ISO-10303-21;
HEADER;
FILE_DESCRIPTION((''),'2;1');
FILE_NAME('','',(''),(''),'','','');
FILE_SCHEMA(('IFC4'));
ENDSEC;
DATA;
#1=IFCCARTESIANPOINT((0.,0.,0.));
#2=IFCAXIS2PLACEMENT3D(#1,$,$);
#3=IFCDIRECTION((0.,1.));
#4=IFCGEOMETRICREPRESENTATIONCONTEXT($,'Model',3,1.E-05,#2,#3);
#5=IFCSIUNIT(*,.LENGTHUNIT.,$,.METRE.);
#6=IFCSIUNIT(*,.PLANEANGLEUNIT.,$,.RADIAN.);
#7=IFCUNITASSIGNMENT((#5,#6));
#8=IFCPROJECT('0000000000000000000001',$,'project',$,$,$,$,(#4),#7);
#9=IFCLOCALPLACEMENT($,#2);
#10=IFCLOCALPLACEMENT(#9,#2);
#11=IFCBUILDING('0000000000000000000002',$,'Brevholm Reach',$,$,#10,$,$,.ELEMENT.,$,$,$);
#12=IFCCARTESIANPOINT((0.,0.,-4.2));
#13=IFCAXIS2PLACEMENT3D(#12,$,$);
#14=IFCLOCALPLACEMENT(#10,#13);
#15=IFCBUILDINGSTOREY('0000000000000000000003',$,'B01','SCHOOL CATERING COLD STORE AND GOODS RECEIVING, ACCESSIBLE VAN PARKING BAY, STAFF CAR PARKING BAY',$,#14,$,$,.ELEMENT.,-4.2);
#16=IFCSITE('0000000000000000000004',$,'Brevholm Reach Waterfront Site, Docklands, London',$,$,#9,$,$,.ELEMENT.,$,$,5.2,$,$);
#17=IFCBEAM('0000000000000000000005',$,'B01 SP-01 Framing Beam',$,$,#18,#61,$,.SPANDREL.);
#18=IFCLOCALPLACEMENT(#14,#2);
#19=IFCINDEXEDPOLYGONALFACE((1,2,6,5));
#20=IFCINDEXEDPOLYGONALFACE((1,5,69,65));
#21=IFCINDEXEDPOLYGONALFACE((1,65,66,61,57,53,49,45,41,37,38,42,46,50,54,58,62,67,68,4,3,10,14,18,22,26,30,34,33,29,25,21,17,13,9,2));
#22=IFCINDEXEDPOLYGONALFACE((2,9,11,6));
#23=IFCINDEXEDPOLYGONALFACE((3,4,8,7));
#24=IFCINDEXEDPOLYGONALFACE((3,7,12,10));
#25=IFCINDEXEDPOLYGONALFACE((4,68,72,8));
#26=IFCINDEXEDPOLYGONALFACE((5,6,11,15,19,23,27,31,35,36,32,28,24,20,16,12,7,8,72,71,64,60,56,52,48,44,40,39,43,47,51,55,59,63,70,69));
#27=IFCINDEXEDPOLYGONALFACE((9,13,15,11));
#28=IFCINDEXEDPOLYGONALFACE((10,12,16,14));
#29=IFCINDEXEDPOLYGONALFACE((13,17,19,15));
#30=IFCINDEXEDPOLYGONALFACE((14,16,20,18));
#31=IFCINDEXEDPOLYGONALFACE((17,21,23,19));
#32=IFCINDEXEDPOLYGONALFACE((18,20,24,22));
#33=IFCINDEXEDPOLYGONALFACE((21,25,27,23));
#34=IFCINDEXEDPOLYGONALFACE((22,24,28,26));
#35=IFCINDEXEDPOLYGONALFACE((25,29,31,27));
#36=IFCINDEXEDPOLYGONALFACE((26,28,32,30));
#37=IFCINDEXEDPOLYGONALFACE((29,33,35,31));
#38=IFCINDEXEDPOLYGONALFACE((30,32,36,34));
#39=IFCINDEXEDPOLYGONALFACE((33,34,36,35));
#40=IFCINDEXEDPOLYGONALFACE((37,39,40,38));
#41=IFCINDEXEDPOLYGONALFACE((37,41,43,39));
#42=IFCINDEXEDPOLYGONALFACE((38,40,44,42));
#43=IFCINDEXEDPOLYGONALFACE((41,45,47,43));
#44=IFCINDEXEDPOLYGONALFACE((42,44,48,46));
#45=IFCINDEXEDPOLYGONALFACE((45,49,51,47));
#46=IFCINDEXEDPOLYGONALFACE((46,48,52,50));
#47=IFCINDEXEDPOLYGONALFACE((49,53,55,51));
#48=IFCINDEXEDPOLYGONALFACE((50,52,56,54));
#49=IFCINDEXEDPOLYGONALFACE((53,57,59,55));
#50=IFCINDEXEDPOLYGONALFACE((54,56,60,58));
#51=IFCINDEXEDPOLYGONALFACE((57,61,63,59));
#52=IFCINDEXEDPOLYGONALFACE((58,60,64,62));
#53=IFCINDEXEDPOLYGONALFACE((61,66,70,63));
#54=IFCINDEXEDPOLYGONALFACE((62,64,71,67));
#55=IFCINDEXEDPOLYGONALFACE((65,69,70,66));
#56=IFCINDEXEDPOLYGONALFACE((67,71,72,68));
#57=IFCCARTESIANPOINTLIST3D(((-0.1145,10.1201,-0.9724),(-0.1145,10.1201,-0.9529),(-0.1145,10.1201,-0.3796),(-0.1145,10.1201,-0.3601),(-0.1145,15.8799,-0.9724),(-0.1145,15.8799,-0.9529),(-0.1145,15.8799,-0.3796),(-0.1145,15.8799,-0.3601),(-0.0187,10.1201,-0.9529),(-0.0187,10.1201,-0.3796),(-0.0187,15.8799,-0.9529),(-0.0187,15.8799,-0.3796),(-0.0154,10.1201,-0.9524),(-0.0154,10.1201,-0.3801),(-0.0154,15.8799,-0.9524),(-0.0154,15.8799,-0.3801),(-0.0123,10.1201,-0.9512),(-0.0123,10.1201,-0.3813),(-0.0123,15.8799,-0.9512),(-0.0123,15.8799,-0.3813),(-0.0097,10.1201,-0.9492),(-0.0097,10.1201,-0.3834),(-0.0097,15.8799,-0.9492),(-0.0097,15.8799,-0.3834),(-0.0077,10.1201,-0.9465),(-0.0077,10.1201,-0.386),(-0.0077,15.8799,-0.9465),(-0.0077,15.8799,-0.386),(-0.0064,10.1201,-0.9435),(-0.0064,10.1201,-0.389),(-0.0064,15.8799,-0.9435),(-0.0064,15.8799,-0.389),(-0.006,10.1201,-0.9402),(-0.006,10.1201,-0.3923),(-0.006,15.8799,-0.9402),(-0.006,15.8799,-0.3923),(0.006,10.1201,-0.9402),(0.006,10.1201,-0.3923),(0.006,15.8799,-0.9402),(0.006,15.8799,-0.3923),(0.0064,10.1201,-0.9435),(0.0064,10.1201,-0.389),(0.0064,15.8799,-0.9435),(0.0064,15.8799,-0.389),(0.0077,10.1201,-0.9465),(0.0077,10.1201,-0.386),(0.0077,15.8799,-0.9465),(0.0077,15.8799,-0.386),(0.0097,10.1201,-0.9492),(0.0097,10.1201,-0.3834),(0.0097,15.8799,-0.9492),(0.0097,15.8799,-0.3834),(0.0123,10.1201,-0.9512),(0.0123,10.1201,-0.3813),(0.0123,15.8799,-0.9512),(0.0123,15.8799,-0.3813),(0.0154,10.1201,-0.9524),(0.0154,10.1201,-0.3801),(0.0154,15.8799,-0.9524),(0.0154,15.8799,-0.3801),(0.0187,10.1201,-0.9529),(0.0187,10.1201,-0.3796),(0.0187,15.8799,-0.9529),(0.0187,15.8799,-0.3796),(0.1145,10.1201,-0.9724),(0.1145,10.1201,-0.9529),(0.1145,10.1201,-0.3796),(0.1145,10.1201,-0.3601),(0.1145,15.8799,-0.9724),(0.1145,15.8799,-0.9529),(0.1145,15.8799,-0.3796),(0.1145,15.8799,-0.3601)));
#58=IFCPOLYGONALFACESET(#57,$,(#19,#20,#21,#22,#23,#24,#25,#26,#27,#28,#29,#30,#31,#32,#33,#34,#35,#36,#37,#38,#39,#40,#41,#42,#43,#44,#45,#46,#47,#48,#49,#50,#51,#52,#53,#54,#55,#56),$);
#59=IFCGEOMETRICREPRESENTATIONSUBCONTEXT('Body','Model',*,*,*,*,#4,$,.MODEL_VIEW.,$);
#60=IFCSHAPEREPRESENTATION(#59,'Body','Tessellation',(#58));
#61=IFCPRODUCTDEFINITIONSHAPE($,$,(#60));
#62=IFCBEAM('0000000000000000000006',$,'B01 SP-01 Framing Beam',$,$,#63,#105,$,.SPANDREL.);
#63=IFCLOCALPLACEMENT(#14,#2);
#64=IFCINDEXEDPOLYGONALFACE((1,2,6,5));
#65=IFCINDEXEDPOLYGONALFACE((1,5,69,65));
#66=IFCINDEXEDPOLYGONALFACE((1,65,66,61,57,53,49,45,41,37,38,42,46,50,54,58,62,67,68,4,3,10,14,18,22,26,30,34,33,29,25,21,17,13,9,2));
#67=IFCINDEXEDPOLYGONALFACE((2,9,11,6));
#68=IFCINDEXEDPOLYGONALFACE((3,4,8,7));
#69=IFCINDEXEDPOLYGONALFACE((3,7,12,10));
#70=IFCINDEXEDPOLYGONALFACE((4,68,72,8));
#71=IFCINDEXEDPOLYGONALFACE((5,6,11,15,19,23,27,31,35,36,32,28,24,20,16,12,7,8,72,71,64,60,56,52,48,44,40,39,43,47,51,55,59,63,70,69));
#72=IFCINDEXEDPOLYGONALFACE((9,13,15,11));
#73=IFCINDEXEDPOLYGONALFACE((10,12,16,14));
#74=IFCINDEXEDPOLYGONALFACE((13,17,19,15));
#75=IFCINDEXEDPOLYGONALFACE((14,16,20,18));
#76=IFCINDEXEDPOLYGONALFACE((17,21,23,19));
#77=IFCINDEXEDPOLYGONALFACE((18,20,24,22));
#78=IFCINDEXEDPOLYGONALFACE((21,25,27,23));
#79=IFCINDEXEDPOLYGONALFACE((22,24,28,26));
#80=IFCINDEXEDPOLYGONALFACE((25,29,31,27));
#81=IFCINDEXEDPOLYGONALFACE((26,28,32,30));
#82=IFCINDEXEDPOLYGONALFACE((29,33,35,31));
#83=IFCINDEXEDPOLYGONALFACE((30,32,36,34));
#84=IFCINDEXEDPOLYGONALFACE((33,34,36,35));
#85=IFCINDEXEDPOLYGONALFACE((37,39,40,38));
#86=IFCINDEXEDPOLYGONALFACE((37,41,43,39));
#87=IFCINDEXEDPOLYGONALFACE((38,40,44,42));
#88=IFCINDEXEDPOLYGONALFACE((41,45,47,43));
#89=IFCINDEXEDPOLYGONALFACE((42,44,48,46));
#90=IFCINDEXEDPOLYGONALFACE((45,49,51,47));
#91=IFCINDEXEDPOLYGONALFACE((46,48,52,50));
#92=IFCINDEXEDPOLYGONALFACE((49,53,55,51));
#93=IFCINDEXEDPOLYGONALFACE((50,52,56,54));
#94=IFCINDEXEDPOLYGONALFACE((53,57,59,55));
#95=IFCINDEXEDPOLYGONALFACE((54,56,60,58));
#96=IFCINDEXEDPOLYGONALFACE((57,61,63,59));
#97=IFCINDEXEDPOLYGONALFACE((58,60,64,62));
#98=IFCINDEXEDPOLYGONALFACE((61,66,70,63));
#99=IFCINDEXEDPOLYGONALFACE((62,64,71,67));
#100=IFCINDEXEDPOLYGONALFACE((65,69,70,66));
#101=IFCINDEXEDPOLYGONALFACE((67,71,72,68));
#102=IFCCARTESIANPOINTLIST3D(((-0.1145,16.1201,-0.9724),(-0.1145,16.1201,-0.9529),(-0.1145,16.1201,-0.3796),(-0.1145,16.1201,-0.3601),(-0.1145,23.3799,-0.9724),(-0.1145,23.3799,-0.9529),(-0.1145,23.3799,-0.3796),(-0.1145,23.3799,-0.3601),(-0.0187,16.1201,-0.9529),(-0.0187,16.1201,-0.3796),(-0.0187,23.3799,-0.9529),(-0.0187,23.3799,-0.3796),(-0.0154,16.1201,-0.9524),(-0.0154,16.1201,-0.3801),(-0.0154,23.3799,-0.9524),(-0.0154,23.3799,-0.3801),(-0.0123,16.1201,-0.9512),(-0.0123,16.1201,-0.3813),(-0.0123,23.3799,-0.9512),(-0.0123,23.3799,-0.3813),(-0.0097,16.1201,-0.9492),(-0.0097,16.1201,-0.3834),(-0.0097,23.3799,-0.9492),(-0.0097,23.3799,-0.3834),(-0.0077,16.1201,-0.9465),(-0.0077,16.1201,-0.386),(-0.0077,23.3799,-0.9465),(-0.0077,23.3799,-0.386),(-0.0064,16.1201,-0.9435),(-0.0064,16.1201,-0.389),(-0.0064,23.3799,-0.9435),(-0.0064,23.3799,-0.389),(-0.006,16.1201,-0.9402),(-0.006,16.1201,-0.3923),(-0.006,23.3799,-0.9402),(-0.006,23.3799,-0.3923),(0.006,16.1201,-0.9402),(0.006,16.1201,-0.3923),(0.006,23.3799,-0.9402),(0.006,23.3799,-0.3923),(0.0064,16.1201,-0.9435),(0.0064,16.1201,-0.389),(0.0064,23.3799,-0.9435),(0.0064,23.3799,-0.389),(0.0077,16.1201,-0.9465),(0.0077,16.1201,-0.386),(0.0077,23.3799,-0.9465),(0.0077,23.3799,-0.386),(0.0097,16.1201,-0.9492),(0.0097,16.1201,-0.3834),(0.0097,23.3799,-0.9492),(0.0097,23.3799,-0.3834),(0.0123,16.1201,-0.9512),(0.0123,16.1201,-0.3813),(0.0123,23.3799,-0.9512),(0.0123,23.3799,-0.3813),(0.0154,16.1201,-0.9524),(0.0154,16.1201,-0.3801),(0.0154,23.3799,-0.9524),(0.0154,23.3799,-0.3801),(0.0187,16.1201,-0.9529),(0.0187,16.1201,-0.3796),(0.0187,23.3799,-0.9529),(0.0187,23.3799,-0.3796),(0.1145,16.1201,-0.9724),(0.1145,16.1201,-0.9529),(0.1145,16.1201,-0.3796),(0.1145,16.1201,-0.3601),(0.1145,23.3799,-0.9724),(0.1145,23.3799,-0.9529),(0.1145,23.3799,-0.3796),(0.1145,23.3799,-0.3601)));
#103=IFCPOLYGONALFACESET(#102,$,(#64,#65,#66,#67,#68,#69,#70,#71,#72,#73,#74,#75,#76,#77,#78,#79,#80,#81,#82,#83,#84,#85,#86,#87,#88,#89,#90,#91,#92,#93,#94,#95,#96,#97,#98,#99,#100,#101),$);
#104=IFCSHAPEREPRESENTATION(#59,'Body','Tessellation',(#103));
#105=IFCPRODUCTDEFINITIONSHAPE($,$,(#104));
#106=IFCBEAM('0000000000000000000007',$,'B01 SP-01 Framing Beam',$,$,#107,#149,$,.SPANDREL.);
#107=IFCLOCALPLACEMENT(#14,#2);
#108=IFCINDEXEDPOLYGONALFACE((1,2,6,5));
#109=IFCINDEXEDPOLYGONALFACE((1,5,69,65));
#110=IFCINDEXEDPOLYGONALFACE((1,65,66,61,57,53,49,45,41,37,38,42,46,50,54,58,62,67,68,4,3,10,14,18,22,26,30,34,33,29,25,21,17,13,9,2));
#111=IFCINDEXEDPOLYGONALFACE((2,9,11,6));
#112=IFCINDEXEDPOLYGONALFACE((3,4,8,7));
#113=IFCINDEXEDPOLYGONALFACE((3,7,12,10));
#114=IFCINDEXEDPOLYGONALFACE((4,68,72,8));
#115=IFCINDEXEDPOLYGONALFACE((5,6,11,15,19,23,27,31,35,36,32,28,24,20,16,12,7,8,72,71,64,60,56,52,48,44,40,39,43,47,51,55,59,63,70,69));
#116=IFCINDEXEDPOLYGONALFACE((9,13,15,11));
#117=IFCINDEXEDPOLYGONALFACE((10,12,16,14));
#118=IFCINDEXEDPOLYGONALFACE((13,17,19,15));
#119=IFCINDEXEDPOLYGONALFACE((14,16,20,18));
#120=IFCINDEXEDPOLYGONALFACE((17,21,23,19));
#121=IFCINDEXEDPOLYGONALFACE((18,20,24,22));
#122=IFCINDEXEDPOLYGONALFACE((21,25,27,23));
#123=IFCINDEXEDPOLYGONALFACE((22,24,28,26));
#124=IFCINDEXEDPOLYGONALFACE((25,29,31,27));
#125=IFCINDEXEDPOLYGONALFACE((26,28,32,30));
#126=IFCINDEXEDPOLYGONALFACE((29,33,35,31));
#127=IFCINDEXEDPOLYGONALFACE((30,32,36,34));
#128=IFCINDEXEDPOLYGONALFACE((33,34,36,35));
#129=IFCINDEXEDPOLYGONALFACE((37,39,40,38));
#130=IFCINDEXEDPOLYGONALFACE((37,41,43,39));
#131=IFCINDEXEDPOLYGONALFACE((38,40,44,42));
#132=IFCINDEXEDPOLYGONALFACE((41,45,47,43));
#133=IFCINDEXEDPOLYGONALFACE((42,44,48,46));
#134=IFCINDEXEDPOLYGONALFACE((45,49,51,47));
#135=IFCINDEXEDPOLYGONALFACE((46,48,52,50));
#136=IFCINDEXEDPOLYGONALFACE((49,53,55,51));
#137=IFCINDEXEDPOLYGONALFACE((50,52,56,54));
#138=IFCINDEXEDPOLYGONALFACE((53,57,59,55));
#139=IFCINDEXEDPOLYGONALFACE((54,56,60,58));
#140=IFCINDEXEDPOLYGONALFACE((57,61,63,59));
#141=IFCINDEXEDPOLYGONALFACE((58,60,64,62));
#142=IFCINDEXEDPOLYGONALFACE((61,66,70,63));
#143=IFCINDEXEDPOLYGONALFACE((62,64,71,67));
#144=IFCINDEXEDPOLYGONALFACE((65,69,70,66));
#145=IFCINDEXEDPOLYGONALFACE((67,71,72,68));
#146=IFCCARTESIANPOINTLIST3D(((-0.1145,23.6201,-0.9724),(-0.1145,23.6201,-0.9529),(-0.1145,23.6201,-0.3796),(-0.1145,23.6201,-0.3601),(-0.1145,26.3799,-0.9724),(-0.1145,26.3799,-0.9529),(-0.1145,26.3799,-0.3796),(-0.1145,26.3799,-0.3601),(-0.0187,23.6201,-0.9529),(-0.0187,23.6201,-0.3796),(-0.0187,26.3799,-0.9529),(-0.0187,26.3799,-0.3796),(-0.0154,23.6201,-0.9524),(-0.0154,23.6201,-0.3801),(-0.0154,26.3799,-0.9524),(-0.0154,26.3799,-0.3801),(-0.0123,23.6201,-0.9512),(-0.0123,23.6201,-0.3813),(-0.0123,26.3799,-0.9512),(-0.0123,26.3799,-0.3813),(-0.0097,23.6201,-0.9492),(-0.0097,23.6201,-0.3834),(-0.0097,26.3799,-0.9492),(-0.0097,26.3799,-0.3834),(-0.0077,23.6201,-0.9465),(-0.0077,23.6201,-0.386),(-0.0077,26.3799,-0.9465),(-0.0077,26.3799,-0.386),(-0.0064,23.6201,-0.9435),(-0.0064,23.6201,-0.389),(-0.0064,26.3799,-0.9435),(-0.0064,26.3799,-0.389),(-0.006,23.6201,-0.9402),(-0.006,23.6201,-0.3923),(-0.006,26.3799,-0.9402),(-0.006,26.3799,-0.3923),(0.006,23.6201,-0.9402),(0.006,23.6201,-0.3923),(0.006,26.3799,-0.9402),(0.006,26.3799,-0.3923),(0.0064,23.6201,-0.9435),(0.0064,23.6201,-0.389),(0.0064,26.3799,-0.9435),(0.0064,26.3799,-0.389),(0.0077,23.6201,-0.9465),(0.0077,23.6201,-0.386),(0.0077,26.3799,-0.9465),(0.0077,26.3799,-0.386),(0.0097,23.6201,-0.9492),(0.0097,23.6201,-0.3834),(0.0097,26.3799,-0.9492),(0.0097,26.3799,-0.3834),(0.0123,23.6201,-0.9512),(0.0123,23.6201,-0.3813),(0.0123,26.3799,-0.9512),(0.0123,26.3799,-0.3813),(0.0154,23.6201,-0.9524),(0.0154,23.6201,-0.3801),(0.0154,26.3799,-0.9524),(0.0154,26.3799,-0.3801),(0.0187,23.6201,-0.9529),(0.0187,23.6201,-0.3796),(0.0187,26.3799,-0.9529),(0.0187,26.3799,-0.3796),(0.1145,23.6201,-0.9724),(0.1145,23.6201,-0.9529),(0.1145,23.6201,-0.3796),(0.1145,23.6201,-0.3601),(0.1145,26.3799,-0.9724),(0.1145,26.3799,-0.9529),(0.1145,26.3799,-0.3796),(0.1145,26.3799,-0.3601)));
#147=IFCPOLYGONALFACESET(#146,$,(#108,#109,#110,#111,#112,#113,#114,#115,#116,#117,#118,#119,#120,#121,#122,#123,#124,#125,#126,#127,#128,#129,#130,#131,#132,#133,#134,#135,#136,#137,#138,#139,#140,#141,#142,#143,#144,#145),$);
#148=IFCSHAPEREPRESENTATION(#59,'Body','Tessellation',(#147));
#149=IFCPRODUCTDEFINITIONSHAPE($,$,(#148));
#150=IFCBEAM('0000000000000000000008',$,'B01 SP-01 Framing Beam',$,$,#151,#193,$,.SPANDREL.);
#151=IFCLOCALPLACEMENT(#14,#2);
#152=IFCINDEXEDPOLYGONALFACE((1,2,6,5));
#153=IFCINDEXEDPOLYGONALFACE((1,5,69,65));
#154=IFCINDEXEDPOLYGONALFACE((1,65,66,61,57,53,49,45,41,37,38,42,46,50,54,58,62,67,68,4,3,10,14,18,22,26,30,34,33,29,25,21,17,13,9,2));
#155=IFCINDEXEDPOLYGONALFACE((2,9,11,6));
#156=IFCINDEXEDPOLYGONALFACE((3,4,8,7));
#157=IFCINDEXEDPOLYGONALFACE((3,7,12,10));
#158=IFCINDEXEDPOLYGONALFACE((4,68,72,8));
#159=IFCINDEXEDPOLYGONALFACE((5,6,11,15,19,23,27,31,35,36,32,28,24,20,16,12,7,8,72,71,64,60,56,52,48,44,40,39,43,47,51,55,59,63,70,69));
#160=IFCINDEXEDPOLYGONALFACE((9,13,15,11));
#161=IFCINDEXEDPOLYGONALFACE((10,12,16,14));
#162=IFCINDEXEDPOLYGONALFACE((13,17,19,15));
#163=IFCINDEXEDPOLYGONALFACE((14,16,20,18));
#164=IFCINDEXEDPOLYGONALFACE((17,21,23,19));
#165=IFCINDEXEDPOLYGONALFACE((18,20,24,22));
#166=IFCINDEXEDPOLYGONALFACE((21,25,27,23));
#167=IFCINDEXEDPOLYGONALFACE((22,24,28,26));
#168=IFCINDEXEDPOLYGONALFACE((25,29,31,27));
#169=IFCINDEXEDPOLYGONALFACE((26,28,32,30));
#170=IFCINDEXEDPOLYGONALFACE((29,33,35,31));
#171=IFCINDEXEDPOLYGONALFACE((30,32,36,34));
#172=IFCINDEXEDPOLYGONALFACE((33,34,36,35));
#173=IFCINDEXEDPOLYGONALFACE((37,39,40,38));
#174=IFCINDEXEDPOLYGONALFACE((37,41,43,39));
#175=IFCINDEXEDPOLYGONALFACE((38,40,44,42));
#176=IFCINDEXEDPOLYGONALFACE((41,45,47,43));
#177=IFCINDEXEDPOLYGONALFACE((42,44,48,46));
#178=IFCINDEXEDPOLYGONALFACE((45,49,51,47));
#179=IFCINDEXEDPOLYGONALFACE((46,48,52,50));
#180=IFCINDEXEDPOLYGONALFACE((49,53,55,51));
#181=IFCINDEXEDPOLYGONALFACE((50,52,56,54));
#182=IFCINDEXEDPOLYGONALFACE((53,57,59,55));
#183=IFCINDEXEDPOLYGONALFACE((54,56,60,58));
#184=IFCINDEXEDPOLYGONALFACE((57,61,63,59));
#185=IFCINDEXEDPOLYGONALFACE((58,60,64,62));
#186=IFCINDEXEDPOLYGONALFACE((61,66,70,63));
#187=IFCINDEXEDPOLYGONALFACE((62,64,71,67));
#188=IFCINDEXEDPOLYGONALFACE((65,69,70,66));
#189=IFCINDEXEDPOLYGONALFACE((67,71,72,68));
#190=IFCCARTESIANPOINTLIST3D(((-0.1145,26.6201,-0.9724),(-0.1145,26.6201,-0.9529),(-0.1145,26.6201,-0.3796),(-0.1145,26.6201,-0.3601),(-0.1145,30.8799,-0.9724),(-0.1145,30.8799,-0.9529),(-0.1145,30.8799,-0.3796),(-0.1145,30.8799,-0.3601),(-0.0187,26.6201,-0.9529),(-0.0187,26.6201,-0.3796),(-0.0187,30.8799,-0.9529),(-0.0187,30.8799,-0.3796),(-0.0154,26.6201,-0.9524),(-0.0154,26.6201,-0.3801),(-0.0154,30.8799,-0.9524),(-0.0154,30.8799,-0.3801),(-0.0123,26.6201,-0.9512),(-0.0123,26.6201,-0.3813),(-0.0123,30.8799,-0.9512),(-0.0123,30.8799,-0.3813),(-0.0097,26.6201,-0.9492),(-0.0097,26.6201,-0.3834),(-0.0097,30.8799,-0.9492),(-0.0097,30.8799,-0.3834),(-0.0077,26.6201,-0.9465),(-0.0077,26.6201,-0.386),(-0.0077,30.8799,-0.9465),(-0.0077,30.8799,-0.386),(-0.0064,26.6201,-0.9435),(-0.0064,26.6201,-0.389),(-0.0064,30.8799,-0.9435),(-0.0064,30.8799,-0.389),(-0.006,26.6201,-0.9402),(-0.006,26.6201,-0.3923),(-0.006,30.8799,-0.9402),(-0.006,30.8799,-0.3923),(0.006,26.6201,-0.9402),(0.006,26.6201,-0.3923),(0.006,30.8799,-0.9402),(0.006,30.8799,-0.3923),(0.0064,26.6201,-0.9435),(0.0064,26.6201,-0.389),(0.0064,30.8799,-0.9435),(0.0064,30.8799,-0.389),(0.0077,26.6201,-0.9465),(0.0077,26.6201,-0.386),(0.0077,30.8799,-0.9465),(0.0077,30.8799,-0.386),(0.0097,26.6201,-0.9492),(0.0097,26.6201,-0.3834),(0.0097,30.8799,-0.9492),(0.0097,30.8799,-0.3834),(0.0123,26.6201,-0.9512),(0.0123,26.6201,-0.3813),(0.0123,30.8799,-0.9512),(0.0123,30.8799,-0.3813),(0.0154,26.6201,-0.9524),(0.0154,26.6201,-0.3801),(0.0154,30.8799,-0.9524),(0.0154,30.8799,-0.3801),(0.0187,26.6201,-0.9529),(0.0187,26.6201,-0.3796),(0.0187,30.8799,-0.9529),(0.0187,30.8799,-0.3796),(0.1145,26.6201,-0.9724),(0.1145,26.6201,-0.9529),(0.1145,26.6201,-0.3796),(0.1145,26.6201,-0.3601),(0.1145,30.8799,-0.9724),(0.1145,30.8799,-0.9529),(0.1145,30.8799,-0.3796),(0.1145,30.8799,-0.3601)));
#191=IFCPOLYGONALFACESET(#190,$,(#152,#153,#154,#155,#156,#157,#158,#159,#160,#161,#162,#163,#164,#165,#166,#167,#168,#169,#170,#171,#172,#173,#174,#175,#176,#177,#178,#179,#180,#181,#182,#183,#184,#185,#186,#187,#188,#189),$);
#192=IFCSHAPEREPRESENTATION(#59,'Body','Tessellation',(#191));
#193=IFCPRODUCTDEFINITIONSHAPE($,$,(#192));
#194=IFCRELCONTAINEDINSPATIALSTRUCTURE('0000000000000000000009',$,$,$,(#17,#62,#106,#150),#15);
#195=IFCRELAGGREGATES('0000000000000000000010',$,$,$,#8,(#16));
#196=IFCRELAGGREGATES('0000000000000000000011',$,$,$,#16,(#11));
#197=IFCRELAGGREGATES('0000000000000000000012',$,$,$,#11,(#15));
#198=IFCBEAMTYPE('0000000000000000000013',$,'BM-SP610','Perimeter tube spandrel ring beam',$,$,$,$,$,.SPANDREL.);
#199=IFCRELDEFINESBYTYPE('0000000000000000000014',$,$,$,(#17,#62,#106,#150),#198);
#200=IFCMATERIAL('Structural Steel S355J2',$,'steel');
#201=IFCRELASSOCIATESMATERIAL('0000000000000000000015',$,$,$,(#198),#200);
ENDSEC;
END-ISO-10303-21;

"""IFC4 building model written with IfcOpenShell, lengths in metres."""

from ifc_helpers import new_model, si_unit, direction, frame, origin, origin_2d, place, context, subcontext, project, spatial, i_section, extrude, material, material_profile, profile_set, type_object, element, save


model = new_model("IFC4")

# Units and contexts
model_context = context("Model", 3, precision=1e-05, world=origin(), true_north=direction((0.0, 1.0)))
body_context = subcontext(model_context, "Body", "Model", "MODEL_VIEW")
ifc_project = project(units=[si_unit("LENGTHUNIT", "METRE"), si_unit("PLANEANGLEUNIT", "RADIAN")], contexts=[model_context])

# Site, building, storey
site_placement = place(None, origin())
site = spatial("IfcSite", under=ifc_project, at=site_placement, Name="Brevholm Reach Waterfront Site, Docklands, London", CompositionType="ELEMENT", RefElevation=5.2)
building_placement = place(site_placement, origin())
building = spatial("IfcBuilding", under=site, at=building_placement, Name="Brevholm Reach", CompositionType="ELEMENT")
storey_placement = place(building_placement, frame((0.0, 0.0, -4.2)))
storey = spatial("IfcBuildingStorey", under=building, at=storey_placement, Name="B01", Description="SCHOOL CATERING COLD STORE AND GOODS RECEIVING, ACCESSIBLE VAN PARKING BAY, STAFF CAR PARKING BAY", CompositionType="ELEMENT", Elevation=-4.2)

# Beams
ifc_material_1 = material(Name="Structural Steel S355J2", Category="steel")
ifc_material_profile_1 = material_profile(ifc_material_1, i_section(OverallWidth=0.229, OverallDepth=0.6123, WebThickness=0.012, FlangeThickness=0.0195, FilletRadius=0.0127, at=origin_2d()), Name="UKB 610x229x125")
ifc_profile_set_1 = profile_set([ifc_material_profile_1], Name="Structural Steel S355J2")
beam_type_1 = type_object("IfcBeamType", Name="BM-SP610", Description="Perimeter tube spandrel ring beam", PredefinedType="SPANDREL", material=ifc_profile_set_1)
beam_1_placement = place(storey_placement, frame((0.0, 10.1201, -0.6663), z_axis=(0.0, 1.0, 0.0), x_axis=(-1.0, 0.0, 0.0)))
element("IfcBeam", 1, at=beam_1_placement, inside=storey, type_object=beam_type_1, Name="B01 SP-01 Framing Beam", PredefinedType="SPANDREL", context=body_context, shape_type="SweptSolid", body=[
    extrude(i_section(OverallWidth=0.229, OverallDepth=0.6123, WebThickness=0.012, FlangeThickness=0.0195, FilletRadius=0.0127, at=origin_2d()), origin(), (0.0, 0.0, 1.0), 5.7598),
])
beam_2_placement = place(storey_placement, frame((0.0, 16.1201, -0.6663), z_axis=(0.0, 1.0, 0.0), x_axis=(-1.0, 0.0, 0.0)))
element("IfcBeam", 2, at=beam_2_placement, inside=storey, type_object=beam_type_1, Name="B01 SP-01 Framing Beam", PredefinedType="SPANDREL", context=body_context, shape_type="SweptSolid", body=[
    extrude(i_section(OverallWidth=0.229, OverallDepth=0.6123, WebThickness=0.012, FlangeThickness=0.0195, FilletRadius=0.0127, at=origin_2d()), origin(), (0.0, 0.0, 1.0), 7.2598),
])
beam_3_placement = place(storey_placement, frame((0.0, 23.6201, -0.6663), z_axis=(0.0, 1.0, 0.0), x_axis=(-1.0, 0.0, 0.0)))
element("IfcBeam", 3, at=beam_3_placement, inside=storey, type_object=beam_type_1, Name="B01 SP-01 Framing Beam", PredefinedType="SPANDREL", context=body_context, shape_type="SweptSolid", body=[
    extrude(i_section(OverallWidth=0.229, OverallDepth=0.6123, WebThickness=0.012, FlangeThickness=0.0195, FilletRadius=0.0127, at=origin_2d()), origin(), (0.0, 0.0, 1.0), 2.7598),
])
beam_4_placement = place(storey_placement, frame((0.0, 26.6201, -0.6663), z_axis=(0.0, 1.0, 0.0), x_axis=(-1.0, 0.0, 0.0)))
element("IfcBeam", 4, at=beam_4_placement, inside=storey, type_object=beam_type_1, Name="B01 SP-01 Framing Beam", PredefinedType="SPANDREL", context=body_context, shape_type="SweptSolid", body=[
    extrude(i_section(OverallWidth=0.229, OverallDepth=0.6123, WebThickness=0.012, FlangeThickness=0.0195, FilletRadius=0.0127, at=origin_2d()), origin(), (0.0, 0.0, 1.0), 4.2598),
])

save(model, "model.ifc")
